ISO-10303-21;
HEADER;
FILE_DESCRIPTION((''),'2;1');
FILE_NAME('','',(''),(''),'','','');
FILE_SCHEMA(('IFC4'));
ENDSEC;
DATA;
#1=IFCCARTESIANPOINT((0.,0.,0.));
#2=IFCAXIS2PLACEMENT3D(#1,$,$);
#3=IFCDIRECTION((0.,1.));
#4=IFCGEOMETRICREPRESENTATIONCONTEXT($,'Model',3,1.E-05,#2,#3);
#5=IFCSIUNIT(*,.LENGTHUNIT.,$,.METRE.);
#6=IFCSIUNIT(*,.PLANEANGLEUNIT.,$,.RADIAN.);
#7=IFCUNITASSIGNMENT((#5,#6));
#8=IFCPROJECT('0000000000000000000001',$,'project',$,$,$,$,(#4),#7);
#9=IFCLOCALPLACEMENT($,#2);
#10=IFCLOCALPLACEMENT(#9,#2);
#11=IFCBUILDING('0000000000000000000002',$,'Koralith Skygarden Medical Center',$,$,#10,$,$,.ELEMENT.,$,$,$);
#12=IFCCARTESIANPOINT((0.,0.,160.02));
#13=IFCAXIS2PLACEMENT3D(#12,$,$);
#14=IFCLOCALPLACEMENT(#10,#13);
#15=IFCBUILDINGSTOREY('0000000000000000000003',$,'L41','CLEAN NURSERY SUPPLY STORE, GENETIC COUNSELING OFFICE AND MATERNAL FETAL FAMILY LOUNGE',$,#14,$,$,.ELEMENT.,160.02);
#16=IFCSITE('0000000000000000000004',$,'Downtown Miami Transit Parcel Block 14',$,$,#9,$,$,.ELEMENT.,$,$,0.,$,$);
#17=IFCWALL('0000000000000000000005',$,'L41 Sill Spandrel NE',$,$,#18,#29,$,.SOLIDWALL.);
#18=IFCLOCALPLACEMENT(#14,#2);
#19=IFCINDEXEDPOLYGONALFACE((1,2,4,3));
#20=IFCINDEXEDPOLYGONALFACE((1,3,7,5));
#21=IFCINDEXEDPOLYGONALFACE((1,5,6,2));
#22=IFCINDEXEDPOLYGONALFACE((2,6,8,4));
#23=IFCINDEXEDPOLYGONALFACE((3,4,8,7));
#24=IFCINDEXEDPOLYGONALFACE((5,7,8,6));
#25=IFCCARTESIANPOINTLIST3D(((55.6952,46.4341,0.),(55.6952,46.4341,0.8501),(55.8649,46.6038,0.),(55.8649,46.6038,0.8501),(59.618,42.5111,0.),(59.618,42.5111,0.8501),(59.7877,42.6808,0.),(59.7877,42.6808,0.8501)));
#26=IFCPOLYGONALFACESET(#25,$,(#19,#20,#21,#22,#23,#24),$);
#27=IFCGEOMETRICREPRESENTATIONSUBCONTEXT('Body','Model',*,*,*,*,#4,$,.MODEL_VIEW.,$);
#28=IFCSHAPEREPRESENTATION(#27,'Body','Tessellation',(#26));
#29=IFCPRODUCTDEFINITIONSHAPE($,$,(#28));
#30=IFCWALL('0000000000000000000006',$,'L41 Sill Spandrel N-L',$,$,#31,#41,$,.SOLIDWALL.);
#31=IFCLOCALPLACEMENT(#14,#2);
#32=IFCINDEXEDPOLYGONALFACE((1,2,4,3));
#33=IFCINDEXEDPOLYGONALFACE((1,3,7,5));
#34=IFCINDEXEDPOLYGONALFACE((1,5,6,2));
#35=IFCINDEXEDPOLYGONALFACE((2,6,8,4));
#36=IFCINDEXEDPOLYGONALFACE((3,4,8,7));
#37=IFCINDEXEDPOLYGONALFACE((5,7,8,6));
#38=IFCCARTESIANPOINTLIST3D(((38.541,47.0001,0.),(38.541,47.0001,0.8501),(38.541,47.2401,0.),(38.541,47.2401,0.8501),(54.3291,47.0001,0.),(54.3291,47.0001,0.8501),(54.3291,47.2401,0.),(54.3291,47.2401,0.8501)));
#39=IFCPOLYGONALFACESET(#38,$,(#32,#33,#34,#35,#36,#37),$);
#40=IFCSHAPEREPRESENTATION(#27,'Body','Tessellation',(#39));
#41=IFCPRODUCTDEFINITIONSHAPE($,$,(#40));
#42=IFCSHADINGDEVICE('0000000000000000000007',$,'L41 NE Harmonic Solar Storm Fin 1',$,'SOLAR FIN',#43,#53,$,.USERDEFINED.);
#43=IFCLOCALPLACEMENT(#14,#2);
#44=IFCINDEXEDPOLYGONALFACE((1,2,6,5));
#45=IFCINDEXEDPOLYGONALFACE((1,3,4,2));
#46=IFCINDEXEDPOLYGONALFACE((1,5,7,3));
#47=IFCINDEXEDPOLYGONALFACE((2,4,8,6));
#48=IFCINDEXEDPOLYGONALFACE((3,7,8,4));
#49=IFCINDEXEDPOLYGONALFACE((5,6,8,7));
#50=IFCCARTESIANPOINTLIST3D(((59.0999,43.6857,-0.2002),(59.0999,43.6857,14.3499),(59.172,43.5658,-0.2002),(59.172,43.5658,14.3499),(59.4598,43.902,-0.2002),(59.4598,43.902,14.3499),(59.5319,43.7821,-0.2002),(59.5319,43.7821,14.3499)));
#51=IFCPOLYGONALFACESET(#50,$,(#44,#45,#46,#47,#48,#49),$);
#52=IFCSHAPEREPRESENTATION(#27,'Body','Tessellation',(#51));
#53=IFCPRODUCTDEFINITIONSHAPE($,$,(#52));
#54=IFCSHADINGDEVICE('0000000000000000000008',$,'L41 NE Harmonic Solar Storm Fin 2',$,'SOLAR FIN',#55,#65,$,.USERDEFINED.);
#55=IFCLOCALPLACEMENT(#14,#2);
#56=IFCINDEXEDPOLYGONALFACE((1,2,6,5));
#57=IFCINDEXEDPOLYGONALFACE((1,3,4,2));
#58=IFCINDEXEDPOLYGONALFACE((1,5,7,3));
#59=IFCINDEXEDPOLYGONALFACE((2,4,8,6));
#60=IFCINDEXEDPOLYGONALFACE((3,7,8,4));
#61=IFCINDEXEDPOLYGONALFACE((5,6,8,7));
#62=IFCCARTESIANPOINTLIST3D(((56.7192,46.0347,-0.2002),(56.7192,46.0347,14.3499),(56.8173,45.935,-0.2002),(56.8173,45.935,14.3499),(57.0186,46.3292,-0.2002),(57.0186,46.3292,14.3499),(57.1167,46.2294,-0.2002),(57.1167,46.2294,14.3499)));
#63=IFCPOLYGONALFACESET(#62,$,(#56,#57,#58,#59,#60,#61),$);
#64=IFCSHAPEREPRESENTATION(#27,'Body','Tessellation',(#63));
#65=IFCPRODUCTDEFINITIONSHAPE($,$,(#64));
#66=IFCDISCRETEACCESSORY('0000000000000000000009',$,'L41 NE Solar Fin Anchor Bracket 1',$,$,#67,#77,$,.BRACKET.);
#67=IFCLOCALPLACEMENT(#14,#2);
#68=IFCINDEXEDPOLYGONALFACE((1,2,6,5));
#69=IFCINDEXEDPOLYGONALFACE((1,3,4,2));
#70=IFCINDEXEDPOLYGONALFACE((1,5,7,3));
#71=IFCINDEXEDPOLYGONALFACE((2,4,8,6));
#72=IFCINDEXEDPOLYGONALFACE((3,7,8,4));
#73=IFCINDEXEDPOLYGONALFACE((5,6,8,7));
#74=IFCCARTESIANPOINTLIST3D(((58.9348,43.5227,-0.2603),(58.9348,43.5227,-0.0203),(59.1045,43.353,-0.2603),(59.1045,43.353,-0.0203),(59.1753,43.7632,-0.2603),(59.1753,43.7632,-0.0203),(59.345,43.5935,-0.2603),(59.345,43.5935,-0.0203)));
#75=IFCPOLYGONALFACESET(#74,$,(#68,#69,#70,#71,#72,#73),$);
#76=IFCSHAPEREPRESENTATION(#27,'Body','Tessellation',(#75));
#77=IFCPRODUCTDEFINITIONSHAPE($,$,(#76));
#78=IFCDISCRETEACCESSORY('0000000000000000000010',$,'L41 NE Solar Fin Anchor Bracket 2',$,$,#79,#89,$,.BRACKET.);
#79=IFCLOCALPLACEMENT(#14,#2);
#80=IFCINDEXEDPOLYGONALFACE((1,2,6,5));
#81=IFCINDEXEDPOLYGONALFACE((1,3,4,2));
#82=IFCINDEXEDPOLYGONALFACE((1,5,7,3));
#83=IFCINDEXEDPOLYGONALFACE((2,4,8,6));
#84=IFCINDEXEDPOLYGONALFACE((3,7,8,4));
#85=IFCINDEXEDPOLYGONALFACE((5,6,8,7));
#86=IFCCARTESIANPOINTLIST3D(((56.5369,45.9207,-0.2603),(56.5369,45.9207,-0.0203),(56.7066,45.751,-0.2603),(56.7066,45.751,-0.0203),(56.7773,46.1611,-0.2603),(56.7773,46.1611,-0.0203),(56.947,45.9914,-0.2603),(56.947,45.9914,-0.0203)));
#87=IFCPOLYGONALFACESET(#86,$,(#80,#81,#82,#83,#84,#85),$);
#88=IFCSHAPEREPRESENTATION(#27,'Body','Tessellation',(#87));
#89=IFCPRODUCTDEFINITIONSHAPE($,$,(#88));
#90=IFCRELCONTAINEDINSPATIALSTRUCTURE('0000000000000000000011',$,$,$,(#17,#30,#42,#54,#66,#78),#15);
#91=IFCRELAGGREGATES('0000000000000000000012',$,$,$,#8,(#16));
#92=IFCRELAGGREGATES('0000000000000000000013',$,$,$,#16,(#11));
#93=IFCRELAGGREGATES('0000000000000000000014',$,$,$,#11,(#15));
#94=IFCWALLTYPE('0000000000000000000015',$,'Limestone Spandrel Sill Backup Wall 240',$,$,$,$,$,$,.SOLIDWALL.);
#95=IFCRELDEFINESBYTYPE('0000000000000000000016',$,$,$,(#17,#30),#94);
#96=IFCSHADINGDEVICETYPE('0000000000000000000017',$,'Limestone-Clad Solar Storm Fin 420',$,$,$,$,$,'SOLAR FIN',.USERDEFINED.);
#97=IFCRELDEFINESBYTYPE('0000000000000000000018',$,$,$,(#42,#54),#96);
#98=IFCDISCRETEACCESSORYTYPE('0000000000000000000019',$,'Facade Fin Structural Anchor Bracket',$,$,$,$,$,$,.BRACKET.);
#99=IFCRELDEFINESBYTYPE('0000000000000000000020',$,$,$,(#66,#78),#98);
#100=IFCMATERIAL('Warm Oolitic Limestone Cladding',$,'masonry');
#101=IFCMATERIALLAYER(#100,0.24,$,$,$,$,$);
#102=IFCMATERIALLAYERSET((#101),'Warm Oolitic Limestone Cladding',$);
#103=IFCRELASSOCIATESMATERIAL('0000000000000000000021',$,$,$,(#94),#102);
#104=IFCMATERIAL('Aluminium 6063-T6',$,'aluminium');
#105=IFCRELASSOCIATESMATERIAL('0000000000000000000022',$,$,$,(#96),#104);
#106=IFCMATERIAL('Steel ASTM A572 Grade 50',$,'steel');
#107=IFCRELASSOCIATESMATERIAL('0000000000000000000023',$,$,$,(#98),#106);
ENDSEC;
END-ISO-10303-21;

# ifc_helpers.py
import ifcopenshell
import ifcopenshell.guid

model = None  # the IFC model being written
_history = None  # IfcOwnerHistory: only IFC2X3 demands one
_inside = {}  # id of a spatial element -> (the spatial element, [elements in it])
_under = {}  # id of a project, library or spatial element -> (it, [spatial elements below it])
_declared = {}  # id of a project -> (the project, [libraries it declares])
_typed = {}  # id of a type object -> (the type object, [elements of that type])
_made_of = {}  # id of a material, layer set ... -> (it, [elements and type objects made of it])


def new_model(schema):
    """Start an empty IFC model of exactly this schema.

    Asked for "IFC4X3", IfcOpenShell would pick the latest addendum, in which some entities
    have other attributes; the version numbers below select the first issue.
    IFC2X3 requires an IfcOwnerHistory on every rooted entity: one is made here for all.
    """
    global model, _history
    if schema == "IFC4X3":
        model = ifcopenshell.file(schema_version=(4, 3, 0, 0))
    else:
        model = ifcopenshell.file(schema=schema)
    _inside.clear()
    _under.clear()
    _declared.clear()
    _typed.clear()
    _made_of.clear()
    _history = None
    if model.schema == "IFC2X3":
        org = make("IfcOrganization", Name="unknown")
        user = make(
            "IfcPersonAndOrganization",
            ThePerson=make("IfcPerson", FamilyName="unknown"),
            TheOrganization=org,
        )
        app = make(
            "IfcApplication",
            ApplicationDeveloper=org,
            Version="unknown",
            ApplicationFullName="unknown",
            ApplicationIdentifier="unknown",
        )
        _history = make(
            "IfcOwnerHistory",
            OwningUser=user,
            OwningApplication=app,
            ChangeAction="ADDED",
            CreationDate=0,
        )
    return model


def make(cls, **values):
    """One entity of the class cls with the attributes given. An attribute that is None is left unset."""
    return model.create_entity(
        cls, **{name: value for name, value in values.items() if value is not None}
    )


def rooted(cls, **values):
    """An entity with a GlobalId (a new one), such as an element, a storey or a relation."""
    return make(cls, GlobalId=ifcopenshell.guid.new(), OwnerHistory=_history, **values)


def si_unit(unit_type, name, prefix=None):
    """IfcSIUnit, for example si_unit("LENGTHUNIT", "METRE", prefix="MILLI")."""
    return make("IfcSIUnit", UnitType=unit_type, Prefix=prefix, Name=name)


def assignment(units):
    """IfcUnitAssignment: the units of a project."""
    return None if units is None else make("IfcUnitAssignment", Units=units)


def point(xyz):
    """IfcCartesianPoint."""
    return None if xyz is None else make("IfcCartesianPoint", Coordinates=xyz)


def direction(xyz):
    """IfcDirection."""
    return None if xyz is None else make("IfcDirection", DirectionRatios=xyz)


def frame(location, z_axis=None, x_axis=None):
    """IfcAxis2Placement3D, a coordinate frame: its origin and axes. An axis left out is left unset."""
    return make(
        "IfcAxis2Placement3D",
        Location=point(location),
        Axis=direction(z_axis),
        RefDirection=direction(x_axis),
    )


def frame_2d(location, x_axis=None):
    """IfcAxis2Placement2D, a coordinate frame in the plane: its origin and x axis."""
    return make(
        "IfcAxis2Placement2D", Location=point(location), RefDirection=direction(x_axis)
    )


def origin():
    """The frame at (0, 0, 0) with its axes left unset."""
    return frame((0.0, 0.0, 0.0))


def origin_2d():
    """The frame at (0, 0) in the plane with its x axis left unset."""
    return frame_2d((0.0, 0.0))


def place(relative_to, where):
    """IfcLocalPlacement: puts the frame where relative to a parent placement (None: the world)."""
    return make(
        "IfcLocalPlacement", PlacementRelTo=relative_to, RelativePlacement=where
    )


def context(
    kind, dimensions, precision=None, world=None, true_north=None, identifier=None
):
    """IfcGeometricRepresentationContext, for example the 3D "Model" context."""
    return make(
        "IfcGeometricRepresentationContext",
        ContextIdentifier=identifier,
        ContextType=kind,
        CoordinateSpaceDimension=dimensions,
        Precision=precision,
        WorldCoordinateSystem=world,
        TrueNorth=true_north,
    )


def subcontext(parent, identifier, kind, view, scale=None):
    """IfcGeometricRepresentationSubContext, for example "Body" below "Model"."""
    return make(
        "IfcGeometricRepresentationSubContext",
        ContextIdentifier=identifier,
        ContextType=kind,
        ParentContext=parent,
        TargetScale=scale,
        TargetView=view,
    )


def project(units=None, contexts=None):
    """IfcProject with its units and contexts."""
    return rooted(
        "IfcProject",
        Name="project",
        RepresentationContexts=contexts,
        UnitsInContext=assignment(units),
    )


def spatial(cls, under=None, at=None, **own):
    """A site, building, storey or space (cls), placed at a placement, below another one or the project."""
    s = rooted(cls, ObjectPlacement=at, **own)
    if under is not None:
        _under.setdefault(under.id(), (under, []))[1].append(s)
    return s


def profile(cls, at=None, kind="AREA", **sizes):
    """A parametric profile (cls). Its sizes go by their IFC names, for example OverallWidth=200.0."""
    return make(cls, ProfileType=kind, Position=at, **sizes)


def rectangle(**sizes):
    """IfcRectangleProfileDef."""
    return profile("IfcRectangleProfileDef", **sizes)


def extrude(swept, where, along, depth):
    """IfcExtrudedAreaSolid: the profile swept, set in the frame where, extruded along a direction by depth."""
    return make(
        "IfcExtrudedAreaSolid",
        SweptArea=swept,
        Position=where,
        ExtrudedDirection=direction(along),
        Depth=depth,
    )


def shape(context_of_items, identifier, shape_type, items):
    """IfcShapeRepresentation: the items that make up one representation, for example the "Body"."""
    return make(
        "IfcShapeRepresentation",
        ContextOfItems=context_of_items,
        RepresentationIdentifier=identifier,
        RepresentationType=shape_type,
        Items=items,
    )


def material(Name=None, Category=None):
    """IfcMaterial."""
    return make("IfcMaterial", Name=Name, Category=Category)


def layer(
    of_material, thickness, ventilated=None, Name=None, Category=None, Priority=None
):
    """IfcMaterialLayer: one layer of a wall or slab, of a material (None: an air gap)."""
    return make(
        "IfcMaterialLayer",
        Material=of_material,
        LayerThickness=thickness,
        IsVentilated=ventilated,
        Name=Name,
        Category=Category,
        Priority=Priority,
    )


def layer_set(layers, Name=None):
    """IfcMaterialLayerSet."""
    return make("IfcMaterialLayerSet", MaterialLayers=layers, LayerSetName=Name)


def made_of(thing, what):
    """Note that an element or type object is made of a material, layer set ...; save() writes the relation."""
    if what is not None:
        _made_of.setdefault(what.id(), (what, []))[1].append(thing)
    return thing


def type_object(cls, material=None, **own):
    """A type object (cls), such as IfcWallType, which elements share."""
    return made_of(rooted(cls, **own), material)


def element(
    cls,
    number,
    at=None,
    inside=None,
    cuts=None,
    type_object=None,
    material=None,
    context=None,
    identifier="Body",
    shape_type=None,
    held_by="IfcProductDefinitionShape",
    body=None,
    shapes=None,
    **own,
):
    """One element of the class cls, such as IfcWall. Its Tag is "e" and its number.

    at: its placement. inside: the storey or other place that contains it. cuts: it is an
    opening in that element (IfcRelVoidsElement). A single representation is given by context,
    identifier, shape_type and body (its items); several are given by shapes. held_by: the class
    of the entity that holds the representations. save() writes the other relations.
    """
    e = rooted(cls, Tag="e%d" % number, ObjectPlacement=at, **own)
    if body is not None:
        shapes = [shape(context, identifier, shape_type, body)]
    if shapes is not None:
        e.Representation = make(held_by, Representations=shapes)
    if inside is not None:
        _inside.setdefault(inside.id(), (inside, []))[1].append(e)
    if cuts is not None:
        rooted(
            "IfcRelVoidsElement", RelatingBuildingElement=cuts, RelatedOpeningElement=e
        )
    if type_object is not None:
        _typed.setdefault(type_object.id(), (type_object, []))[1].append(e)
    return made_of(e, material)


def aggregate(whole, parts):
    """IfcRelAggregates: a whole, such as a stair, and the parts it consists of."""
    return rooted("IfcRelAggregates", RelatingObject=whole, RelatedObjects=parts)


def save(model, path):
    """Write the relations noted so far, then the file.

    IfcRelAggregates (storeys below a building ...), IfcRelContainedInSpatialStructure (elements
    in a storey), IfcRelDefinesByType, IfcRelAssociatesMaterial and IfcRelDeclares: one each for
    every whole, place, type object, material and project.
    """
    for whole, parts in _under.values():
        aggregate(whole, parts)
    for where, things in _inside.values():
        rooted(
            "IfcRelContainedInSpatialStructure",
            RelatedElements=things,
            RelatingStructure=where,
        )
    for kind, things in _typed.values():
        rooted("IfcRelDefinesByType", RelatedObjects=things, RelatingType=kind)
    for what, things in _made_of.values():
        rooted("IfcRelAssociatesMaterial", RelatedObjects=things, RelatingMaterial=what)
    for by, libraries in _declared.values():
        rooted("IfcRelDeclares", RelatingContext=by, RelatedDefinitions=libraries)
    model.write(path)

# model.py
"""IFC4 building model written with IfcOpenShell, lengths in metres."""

from ifc_helpers import new_model, si_unit, direction, frame, frame_2d, origin, origin_2d, place, context, subcontext, project, spatial, rectangle, extrude, material, layer, layer_set, type_object, element, save


model = new_model("IFC4")

# Units and contexts
model_context = context("Model", 3, precision=1e-05, world=origin(), true_north=direction((0.0, 1.0)))
body_context = subcontext(model_context, "Body", "Model", "MODEL_VIEW")
ifc_project = project(units=[si_unit("LENGTHUNIT", "METRE"), si_unit("PLANEANGLEUNIT", "RADIAN")], contexts=[model_context])

# Site, building, storey
site_placement = place(None, origin())
site = spatial("IfcSite", under=ifc_project, at=site_placement, Name="Downtown Miami Transit Parcel Block 14", CompositionType="ELEMENT", RefElevation=0.0)
building_placement = place(site_placement, origin())
building = spatial("IfcBuilding", under=site, at=building_placement, Name="Koralith Skygarden Medical Center", CompositionType="ELEMENT")
storey_placement = place(building_placement, frame((0.0, 0.0, 160.02)))
storey = spatial("IfcBuildingStorey", under=building, at=storey_placement, Name="L41", Description="CLEAN NURSERY SUPPLY STORE, GENETIC COUNSELING OFFICE AND MATERNAL FETAL FAMILY LOUNGE", CompositionType="ELEMENT", Elevation=160.02)

# Shared definitions
ifc_material_1 = material(Name="Aluminium 6063-T6", Category="aluminium")

# Shared definitions
ifc_material_2 = material(Name="Warm Oolitic Limestone Cladding", Category="masonry")

# Walls
ifc_layer_1 = layer(ifc_material_2, 0.24)
ifc_layer_set_1 = layer_set([ifc_layer_1], Name="Warm Oolitic Limestone Cladding")
wall_type = type_object("IfcWallType", Name="Limestone Spandrel Sill Backup Wall 240", PredefinedType="SOLIDWALL", material=ifc_layer_set_1)
wall_1_placement = place(storey_placement, frame((59.7029, 42.5959, 0.0), z_axis=(0.0, 0.0, 1.0), x_axis=(-0.707085, 0.707129, 0.0)))
element("IfcWall", 1, at=wall_1_placement, inside=storey, type_object=wall_type, Name="L41 Sill Spandrel NE", PredefinedType="SOLIDWALL", context=body_context, shape_type="SweptSolid", body=[
    extrude(rectangle(XDim=5.5479, YDim=0.24, at=frame_2d((2.7739, 0.0))), origin(), (0.0, 0.0, 1.0), 0.8501),
])
wall_2_placement = place(storey_placement, frame((54.3291, 47.1201, 0.0), z_axis=(0.0, 0.0, 1.0), x_axis=(-1.0, 0.0, 0.0)))
element("IfcWall", 2, at=wall_2_placement, inside=storey, type_object=wall_type, Name="L41 Sill Spandrel N-L", PredefinedType="SOLIDWALL", context=body_context, shape_type="SweptSolid", body=[
    extrude(rectangle(XDim=15.7881, YDim=0.24, at=frame_2d((7.894, 0.0))), origin(), (0.0, 0.0, 1.0), 0.8501),
])

# Shading devices
shading_device_type = type_object("IfcShadingDeviceType", Name="Limestone-Clad Solar Storm Fin 420", ElementType="SOLAR FIN", PredefinedType="USERDEFINED", material=ifc_material_1)
for number, where, z_axis, x_axis, name in (
    (3, (59.3159, 43.7339, -0.2002), (0.0, 0.0, 1.0), (0.857095, 0.515158, 0.0), "L41 NE Harmonic Solar Storm Fin 1"),
    (4, (56.918, 46.1321, -0.2002), (0.0, 0.0, 1.0), (0.713042, 0.701121, 0.0), "L41 NE Harmonic Solar Storm Fin 2"),
):
    element("IfcShadingDevice", number, at=place(storey_placement, frame(where, z_axis=z_axis, x_axis=x_axis)), inside=storey, type_object=shading_device_type, Name=name, ObjectType="SOLAR FIN", PredefinedType="USERDEFINED", context=body_context, shape_type="SweptSolid", body=[
        extrude(rectangle(XDim=0.4199, YDim=0.1399, at=origin_2d()), origin(), (0.0, 0.0, 1.0), 14.55),
    ])

# Discrete accessories
ifc_material_3 = material(Name="Steel ASTM A572 Grade 50", Category="steel")
discrete_accessory_type = type_object("IfcDiscreteAccessoryType", Name="Facade Fin Structural Anchor Bracket", PredefinedType="BRACKET", material=ifc_material_3)
for number, where, z_axis, x_axis, name in (
    (5, (59.1399, 43.5581, -0.2603), (0.0, 0.0, 1.0), (0.707107, 0.707107, 0.0), "L41 NE Solar Fin Anchor Bracket 1"),
    (6, (56.7419, 45.9561, -0.2603), (0.0, 0.0, 1.0), (0.707107, 0.707107, 0.0), "L41 NE Solar Fin Anchor Bracket 2"),
):
    element("IfcDiscreteAccessory", number, at=place(storey_placement, frame(where, z_axis=z_axis, x_axis=x_axis)), inside=storey, type_object=discrete_accessory_type, Name=name, PredefinedType="BRACKET", context=body_context, shape_type="SweptSolid", body=[
        extrude(rectangle(XDim=0.3401, YDim=0.24, at=origin_2d()), origin(), (0.0, 0.0, 1.0), 0.24),
    ])

save(model, "model.ifc")
